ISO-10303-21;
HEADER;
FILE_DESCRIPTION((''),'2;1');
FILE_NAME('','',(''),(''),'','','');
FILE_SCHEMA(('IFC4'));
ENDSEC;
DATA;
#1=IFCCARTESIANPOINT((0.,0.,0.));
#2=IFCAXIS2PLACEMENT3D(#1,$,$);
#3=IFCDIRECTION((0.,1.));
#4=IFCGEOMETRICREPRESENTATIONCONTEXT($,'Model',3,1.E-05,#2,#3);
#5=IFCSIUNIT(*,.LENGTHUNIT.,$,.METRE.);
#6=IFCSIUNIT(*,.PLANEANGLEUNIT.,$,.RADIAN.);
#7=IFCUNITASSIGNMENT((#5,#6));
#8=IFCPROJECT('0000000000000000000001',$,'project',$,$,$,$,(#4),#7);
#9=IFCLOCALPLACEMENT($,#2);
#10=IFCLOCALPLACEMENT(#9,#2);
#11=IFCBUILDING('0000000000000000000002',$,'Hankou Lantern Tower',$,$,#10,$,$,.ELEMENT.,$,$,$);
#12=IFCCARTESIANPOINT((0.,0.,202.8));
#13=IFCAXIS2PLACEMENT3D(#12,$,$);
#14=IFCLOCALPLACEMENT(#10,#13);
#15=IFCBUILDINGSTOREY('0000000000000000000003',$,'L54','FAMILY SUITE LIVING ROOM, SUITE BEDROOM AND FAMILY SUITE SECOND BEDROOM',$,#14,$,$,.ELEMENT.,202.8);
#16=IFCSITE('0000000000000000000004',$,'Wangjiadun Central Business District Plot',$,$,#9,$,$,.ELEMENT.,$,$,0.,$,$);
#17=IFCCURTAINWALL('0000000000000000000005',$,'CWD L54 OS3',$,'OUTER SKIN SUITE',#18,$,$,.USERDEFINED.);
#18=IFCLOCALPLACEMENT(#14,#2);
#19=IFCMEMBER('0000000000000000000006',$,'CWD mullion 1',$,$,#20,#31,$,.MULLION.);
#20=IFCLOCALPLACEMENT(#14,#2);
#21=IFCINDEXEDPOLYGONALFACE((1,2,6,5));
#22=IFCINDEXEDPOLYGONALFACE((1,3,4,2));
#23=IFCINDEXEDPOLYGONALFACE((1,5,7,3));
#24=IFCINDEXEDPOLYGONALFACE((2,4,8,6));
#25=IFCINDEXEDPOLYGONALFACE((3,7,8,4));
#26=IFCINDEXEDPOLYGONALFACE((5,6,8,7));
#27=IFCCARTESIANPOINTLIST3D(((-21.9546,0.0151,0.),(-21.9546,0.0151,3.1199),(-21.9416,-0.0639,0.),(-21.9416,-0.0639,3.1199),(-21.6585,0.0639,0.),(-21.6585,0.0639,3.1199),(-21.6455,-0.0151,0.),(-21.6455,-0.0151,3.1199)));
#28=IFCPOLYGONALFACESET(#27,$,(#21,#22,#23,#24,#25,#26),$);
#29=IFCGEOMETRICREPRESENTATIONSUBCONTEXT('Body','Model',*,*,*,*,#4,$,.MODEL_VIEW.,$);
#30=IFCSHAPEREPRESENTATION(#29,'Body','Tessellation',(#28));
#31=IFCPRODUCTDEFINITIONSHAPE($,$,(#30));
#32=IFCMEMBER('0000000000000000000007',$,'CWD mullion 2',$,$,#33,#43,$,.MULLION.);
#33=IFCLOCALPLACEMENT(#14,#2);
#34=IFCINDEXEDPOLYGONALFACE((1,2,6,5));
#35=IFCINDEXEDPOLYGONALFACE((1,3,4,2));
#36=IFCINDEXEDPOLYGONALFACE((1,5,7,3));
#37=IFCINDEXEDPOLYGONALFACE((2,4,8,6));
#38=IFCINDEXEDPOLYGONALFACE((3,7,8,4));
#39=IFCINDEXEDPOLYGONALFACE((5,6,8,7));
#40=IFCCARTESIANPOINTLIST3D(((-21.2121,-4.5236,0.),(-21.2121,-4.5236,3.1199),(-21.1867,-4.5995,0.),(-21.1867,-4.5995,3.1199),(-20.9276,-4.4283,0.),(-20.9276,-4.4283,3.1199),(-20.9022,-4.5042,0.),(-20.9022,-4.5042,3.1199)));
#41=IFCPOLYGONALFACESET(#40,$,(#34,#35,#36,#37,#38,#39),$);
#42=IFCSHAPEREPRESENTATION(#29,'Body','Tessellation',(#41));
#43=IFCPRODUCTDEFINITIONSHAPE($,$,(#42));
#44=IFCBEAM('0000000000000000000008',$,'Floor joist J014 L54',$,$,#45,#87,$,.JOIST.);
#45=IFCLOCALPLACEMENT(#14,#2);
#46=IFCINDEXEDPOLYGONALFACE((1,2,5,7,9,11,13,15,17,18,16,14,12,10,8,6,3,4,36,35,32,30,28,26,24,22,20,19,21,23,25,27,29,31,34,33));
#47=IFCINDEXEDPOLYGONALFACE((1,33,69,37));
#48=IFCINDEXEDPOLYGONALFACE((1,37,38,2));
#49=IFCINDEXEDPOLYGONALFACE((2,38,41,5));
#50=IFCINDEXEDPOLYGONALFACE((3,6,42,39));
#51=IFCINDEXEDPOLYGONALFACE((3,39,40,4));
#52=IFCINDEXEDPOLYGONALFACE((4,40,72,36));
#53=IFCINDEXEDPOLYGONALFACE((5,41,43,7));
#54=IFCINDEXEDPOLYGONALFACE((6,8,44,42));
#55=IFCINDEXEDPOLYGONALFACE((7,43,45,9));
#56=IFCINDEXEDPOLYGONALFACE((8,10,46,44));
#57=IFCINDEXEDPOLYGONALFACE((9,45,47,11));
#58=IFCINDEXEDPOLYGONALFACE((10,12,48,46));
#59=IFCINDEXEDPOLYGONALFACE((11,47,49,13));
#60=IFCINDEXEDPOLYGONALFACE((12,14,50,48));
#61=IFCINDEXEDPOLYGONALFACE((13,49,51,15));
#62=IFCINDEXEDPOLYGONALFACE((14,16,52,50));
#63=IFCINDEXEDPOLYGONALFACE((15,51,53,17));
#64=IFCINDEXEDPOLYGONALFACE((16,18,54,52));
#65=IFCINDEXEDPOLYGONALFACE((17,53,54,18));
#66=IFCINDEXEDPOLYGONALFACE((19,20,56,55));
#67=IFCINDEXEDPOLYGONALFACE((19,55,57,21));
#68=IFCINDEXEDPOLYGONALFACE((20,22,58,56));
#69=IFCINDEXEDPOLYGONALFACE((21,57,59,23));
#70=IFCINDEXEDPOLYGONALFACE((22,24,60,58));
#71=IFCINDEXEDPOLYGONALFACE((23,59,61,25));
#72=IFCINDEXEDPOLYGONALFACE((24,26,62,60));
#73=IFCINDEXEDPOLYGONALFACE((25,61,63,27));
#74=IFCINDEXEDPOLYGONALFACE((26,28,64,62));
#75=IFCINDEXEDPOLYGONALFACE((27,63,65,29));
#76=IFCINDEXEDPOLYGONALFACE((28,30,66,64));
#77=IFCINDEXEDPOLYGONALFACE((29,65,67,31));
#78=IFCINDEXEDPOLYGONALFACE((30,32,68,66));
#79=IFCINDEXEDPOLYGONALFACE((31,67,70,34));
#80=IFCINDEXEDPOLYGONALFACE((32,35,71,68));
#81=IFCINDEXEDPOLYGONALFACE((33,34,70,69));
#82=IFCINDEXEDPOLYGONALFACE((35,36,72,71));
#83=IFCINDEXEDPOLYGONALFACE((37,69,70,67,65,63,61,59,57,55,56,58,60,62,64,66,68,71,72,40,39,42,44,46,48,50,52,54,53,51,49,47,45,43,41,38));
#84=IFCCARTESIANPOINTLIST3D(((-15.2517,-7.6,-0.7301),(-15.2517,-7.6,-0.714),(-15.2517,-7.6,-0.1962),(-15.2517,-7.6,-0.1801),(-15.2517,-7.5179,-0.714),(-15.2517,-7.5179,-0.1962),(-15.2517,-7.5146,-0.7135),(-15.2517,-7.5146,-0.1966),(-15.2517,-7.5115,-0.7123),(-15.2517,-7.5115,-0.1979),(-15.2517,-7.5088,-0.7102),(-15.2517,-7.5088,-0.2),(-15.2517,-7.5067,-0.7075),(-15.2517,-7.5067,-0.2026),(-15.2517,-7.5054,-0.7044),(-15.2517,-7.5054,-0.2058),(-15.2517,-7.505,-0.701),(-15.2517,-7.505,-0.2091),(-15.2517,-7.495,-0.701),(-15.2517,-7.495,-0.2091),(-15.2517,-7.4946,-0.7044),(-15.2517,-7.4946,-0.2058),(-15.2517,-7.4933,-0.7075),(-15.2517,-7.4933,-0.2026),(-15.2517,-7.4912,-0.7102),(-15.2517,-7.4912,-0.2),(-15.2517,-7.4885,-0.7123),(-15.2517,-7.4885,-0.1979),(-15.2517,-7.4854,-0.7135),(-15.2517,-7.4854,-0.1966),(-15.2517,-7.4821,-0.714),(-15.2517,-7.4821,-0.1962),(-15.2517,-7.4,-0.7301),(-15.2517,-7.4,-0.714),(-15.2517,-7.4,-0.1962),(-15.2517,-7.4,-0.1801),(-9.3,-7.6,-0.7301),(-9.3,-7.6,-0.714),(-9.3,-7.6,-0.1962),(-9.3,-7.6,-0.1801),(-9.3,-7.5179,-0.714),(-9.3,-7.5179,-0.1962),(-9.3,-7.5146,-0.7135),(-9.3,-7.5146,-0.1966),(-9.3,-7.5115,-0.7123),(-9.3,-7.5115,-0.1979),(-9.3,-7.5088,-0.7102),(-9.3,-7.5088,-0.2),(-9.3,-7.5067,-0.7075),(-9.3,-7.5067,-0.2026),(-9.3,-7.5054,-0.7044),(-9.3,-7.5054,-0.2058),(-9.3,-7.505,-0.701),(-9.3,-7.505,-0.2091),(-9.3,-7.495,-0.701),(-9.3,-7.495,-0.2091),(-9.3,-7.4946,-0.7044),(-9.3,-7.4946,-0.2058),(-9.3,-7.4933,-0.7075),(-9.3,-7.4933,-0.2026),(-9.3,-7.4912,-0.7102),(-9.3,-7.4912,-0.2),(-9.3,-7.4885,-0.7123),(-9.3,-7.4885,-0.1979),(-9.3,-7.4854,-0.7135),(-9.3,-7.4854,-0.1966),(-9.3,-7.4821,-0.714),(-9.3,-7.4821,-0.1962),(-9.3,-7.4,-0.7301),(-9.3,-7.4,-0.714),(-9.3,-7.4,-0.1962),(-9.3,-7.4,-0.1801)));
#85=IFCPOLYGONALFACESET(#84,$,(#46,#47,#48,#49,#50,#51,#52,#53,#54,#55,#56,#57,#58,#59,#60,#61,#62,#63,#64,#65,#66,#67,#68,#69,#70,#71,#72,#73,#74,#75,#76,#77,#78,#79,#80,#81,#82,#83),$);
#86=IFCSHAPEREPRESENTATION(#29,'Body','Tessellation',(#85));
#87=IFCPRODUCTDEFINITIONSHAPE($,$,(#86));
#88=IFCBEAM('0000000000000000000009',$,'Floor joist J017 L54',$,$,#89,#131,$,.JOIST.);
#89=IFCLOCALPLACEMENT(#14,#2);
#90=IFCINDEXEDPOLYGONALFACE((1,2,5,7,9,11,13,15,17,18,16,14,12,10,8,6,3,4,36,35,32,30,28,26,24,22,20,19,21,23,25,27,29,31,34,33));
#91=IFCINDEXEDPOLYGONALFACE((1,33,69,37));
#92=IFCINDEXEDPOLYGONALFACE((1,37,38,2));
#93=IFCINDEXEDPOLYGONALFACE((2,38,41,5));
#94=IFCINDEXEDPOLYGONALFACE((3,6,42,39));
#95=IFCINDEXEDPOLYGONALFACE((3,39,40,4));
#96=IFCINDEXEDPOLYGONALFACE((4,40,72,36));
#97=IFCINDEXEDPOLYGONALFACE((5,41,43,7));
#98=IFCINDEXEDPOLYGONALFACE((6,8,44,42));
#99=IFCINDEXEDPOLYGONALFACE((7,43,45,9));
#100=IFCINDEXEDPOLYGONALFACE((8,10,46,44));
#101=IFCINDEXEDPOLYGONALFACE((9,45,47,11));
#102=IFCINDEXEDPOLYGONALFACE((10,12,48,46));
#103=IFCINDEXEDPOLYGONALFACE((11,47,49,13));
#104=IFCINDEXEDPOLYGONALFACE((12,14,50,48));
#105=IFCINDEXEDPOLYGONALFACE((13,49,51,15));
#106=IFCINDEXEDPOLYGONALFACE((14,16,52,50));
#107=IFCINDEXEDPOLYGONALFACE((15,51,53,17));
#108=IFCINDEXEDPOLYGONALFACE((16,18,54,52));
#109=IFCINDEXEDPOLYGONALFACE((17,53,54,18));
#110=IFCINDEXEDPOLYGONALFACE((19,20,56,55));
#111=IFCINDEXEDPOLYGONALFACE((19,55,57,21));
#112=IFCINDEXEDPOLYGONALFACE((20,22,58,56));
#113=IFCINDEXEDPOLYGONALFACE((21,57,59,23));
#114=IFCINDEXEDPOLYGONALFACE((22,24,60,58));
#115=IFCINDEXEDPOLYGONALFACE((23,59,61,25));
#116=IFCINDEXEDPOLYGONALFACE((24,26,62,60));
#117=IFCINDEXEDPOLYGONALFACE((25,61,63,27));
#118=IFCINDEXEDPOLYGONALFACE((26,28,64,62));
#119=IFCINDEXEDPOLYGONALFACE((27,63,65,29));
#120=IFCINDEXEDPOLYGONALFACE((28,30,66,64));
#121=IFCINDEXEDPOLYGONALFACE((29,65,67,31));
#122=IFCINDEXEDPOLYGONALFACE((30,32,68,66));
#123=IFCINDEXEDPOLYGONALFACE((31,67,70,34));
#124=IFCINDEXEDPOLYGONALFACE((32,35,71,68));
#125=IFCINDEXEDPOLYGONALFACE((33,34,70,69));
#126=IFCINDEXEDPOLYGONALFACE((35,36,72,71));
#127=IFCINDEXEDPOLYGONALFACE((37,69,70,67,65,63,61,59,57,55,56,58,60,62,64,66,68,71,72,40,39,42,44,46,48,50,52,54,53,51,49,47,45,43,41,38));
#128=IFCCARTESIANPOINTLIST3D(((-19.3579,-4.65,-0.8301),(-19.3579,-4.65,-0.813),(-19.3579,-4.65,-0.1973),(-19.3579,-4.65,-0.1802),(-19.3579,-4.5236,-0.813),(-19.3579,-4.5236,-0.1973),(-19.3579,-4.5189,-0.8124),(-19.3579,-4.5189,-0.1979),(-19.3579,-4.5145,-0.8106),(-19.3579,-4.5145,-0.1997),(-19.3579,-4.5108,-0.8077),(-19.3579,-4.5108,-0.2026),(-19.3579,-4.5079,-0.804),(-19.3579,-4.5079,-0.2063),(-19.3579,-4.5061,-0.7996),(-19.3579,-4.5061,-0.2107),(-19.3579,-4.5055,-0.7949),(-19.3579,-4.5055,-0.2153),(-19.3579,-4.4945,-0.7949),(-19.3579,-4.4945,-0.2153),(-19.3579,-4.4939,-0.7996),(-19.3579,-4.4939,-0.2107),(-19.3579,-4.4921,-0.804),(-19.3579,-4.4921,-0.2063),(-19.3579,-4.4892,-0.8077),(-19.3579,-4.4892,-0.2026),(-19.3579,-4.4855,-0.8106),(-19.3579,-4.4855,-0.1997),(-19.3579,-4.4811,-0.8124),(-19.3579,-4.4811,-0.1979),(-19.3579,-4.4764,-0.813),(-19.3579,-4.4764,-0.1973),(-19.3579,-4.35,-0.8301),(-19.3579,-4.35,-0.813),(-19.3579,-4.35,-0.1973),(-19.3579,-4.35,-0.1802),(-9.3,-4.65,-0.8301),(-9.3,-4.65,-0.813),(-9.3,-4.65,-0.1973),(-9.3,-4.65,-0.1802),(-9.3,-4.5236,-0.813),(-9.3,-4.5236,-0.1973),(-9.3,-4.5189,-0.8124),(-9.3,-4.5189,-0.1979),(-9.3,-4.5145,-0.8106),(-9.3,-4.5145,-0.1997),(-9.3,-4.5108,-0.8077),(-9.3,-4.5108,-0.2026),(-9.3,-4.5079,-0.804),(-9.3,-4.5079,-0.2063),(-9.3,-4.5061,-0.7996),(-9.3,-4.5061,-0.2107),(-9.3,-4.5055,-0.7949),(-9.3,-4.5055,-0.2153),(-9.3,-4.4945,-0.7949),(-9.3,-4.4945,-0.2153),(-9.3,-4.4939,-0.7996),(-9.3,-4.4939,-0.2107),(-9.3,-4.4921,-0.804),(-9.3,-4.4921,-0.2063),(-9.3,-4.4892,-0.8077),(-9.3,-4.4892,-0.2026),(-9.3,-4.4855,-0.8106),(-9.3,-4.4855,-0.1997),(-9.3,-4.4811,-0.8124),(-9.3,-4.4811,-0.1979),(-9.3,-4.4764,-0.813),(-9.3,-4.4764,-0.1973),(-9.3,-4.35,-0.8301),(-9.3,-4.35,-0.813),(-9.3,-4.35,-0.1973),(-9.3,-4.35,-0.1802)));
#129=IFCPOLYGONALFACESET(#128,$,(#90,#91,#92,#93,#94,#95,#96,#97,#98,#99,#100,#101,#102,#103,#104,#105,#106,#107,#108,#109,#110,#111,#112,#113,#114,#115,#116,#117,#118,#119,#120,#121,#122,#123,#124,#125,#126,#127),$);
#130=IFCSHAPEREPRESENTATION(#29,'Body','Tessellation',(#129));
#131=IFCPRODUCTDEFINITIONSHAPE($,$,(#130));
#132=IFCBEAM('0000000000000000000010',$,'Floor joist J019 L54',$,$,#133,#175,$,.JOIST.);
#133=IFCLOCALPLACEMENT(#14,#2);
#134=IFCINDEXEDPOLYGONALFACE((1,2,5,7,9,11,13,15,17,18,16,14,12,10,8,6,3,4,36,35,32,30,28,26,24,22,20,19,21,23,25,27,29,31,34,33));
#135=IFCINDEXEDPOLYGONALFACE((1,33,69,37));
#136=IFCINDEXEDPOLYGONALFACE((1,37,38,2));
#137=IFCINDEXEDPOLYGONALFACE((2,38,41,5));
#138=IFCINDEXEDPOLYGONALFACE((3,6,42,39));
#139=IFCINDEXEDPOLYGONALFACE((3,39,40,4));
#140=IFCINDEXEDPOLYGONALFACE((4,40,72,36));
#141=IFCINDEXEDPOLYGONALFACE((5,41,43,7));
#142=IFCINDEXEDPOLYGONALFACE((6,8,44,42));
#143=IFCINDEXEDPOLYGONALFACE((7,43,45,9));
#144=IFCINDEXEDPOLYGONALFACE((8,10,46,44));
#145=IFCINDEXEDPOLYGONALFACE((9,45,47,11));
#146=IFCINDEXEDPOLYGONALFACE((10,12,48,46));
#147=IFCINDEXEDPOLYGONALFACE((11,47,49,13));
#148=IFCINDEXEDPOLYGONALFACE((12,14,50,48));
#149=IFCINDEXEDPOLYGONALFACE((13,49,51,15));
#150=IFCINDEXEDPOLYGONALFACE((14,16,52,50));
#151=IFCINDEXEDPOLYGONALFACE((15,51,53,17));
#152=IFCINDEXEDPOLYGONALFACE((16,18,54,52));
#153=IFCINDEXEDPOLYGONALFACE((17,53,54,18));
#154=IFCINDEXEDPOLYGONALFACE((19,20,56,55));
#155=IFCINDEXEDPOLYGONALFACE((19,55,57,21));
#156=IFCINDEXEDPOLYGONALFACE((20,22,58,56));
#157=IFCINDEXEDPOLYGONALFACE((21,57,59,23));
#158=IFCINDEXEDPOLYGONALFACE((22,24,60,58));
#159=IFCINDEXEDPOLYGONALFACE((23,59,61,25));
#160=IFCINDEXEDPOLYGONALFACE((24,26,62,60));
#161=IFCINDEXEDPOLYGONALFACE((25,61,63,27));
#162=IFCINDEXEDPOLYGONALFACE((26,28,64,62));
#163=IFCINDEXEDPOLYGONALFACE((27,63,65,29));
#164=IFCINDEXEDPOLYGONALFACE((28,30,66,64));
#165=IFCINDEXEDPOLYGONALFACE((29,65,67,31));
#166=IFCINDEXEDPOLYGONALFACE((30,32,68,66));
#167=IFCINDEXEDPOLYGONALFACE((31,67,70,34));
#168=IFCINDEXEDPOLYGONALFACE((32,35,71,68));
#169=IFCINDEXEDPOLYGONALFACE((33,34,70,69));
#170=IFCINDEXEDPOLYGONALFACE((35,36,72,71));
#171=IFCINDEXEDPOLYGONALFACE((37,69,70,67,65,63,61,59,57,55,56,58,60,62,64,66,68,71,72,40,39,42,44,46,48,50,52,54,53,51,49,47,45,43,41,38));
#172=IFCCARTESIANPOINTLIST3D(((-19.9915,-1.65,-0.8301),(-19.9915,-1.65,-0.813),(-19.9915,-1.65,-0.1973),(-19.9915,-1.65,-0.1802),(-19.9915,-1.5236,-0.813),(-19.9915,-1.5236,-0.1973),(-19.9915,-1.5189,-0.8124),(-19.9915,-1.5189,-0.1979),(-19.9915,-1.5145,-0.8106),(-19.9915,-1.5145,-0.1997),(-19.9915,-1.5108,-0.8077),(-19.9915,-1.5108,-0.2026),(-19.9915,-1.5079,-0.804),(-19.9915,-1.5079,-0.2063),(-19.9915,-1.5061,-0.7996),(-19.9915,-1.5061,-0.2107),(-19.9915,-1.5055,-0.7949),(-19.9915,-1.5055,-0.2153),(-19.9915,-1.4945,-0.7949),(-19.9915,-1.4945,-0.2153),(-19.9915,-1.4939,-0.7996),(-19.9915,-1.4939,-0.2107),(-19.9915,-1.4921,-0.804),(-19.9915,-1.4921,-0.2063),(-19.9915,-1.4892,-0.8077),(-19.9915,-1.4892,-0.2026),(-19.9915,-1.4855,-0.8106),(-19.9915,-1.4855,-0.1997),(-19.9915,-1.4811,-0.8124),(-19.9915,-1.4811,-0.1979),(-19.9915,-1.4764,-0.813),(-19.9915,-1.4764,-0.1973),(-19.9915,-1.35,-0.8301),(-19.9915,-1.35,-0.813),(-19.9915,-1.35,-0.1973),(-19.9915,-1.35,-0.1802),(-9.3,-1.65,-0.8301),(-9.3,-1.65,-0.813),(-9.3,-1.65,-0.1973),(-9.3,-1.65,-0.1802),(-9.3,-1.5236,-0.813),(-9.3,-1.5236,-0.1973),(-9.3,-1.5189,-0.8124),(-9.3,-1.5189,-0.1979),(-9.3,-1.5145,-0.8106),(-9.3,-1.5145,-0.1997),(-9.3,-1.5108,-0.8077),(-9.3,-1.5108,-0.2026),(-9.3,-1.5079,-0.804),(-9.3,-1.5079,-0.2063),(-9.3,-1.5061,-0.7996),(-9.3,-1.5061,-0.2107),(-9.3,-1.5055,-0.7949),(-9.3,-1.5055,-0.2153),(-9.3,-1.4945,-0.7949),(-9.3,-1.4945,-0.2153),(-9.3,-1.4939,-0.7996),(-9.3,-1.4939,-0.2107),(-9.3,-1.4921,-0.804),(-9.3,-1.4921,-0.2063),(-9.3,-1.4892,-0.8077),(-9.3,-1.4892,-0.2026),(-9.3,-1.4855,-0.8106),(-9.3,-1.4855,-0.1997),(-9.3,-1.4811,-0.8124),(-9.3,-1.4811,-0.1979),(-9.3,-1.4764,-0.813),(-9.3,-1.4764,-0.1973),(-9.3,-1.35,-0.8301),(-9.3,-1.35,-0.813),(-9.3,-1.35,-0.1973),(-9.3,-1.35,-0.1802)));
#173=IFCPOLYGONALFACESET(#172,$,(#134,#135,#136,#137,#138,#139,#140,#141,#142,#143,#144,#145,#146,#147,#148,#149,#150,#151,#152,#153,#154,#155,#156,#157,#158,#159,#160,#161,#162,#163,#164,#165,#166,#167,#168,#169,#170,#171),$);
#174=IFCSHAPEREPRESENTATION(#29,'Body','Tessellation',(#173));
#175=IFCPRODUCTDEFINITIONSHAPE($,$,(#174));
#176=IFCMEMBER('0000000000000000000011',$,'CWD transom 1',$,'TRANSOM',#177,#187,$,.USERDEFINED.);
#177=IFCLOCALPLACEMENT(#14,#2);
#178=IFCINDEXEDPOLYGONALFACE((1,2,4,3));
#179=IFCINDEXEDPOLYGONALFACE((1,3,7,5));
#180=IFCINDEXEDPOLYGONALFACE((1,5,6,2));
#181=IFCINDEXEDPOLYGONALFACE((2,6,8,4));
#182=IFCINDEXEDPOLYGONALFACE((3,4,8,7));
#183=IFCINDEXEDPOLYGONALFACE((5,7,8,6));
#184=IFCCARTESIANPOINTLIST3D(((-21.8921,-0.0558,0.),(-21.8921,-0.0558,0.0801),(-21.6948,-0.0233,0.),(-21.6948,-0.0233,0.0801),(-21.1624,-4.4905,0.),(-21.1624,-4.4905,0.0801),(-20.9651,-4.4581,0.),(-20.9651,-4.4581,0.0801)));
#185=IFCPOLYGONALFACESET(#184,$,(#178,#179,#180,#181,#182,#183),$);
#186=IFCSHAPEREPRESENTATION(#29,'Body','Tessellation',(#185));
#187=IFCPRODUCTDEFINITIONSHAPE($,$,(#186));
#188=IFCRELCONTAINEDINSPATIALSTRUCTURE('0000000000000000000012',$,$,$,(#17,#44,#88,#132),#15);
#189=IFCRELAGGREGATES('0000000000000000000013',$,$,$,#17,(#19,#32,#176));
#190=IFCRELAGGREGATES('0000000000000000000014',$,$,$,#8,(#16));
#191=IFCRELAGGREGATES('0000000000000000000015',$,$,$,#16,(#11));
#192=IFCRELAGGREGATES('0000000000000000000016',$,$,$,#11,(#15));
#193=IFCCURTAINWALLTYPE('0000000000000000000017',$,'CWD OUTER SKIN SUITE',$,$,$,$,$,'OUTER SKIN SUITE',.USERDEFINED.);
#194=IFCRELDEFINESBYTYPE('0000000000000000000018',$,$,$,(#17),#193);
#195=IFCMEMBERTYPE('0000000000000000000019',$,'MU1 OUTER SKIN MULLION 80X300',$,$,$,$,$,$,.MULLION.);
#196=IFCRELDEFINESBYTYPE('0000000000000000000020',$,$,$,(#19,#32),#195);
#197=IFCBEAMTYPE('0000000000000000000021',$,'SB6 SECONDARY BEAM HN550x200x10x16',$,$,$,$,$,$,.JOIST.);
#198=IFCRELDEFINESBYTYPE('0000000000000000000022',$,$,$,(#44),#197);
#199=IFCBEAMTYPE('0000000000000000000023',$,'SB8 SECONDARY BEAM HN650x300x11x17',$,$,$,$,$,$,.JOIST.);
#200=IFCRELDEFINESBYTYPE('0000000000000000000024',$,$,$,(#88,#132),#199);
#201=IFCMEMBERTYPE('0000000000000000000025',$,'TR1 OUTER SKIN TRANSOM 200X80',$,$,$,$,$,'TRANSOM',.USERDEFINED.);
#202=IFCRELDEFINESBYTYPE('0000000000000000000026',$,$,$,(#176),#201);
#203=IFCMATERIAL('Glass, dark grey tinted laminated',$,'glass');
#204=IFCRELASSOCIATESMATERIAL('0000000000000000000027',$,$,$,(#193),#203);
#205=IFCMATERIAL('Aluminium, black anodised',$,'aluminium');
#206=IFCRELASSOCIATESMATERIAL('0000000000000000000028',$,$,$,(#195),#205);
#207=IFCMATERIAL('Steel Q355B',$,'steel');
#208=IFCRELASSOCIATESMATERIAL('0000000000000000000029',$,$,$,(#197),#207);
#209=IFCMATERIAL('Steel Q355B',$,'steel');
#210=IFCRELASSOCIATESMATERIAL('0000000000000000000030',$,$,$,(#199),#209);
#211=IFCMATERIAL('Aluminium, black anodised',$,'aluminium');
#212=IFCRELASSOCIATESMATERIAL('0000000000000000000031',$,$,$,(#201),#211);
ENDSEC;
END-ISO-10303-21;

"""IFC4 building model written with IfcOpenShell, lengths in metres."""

from ifc_helpers import new_model, si_unit, direction, frame, origin, origin_2d, place, context, subcontext, project, spatial, rectangle, i_section, extrude, material, material_profile, profile_set, type_object, element, aggregate, save


model = new_model("IFC4")

# Units and contexts
model_context = context("Model", 3, precision=1e-05, world=origin(), true_north=direction((0.0, 1.0)))
body_context = subcontext(model_context, "Body", "Model", "MODEL_VIEW")
ifc_project = project(units=[si_unit("LENGTHUNIT", "METRE"), si_unit("PLANEANGLEUNIT", "RADIAN")], contexts=[model_context])

# Site, building, storey
site_placement = place(None, origin())
site = spatial("IfcSite", under=ifc_project, at=site_placement, Name="Wangjiadun Central Business District Plot", CompositionType="ELEMENT", RefElevation=0.0)
building_placement = place(site_placement, origin())
building = spatial("IfcBuilding", under=site, at=building_placement, Name="Hankou Lantern Tower", CompositionType="ELEMENT")
storey_placement = place(building_placement, frame((0.0, 0.0, 202.8)))
storey = spatial("IfcBuildingStorey", under=building, at=storey_placement, Name="L54", Description="FAMILY SUITE LIVING ROOM, SUITE BEDROOM AND FAMILY SUITE SECOND BEDROOM", CompositionType="ELEMENT", Elevation=202.8)

# Curtain wall, members
ifc_material_1 = material(Name="Glass, dark grey tinted laminated", Category="glass")
curtain_wall_type = type_object("IfcCurtainWallType", Name="CWD OUTER SKIN SUITE", ElementType="OUTER SKIN SUITE", PredefinedType="USERDEFINED", material=ifc_material_1)
curtain_wall_placement = place(storey_placement, origin())
curtain_wall = element("IfcCurtainWall", 1, at=curtain_wall_placement, inside=storey, type_object=curtain_wall_type, Name="CWD L54 OS3", ObjectType="OUTER SKIN SUITE", PredefinedType="USERDEFINED")
ifc_material_2 = material(Name="Aluminium, black anodised", Category="aluminium")
ifc_material_profile_1 = material_profile(ifc_material_2, rectangle(XDim=0.0801, YDim=0.3, at=origin_2d()), Name="MU1 80X300")
ifc_profile_set_1 = profile_set([ifc_material_profile_1], Name="Aluminium, black anodised")
member_type_1 = type_object("IfcMemberType", Name="MU1 OUTER SKIN MULLION 80X300", PredefinedType="MULLION", material=ifc_profile_set_1)
member_1_placement = place(storey_placement, frame((-21.8, 0.0, 0.0), z_axis=(0.0, 0.0, 1.0), x_axis=(0.162382, -0.986728, 0.0)))
member_1 = element("IfcMember", 2, at=member_1_placement, type_object=member_type_1, Name="CWD mullion 1", PredefinedType="MULLION", context=body_context, shape_type="SweptSolid", body=[
    extrude(rectangle(XDim=0.0801, YDim=0.3, at=origin_2d()), origin(), (0.0, 0.0, 1.0), 3.1199),
])
member_2_placement = place(storey_placement, frame((-21.0571, -4.5139, 0.0), z_axis=(0.0, 0.0, 1.0), x_axis=(0.317596, -0.948226, 0.0)))
member_2 = element("IfcMember", 3, at=member_2_placement, type_object=member_type_1, Name="CWD mullion 2", PredefinedType="MULLION", context=body_context, shape_type="SweptSolid", body=[
    extrude(rectangle(XDim=0.0801, YDim=0.3, at=origin_2d()), origin(), (0.0, 0.0, 1.0), 3.1199),
])

# Beams
ifc_material_3 = material(Name="Steel Q355B", Category="steel")
ifc_material_profile_2 = material_profile(ifc_material_3, i_section(OverallWidth=0.2, OverallDepth=0.55, WebThickness=0.01, FlangeThickness=0.0161, FilletRadius=0.0129, at=origin_2d()), Name="HN550x200x10x16")
ifc_profile_set_2 = profile_set([ifc_material_profile_2], Name="Steel Q355B")
beam_type_1 = type_object("IfcBeamType", Name="SB6 SECONDARY BEAM HN550x200x10x16", PredefinedType="JOIST", material=ifc_profile_set_2)
beam_1_placement = place(storey_placement, frame((-15.2517, -7.5, -0.4551), z_axis=(1.0, 0.0, 0.0), x_axis=(0.0, 1.0, 0.0)))
element("IfcBeam", 4, at=beam_1_placement, inside=storey, type_object=beam_type_1, Name="Floor joist J014 L54", PredefinedType="JOIST", context=body_context, shape_type="SweptSolid", body=[
    extrude(i_section(OverallWidth=0.2, OverallDepth=0.55, WebThickness=0.01, FlangeThickness=0.0161, FilletRadius=0.0129, at=origin_2d()), origin(), (0.0, 0.0, 1.0), 5.9517),
])
ifc_material_4 = material(Name="Steel Q355B", Category="steel")
ifc_material_profile_3 = material_profile(ifc_material_4, i_section(OverallWidth=0.3, OverallDepth=0.6499, WebThickness=0.011, FlangeThickness=0.0171, FilletRadius=0.0181, at=origin_2d()), Name="HN650x300x11x17")
ifc_profile_set_3 = profile_set([ifc_material_profile_3], Name="Steel Q355B")
beam_type_2 = type_object("IfcBeamType", Name="SB8 SECONDARY BEAM HN650x300x11x17", PredefinedType="JOIST", material=ifc_profile_set_3)
beam_2_placement = place(storey_placement, frame((-19.3579, -4.5, -0.5051), z_axis=(1.0, 0.0, 0.0), x_axis=(0.0, 1.0, 0.0)))
element("IfcBeam", 5, at=beam_2_placement, inside=storey, type_object=beam_type_2, Name="Floor joist J017 L54", PredefinedType="JOIST", context=body_context, shape_type="SweptSolid", body=[
    extrude(i_section(OverallWidth=0.3, OverallDepth=0.6499, WebThickness=0.011, FlangeThickness=0.0171, FilletRadius=0.0181, at=origin_2d()), origin(), (0.0, 0.0, 1.0), 10.0579),
])
beam_3_placement = place(storey_placement, frame((-19.9915, -1.5, -0.5051), z_axis=(1.0, 0.0, 0.0), x_axis=(0.0, 1.0, 0.0)))
element("IfcBeam", 6, at=beam_3_placement, inside=storey, type_object=beam_type_2, Name="Floor joist J019 L54", PredefinedType="JOIST", context=body_context, shape_type="SweptSolid", body=[
    extrude(i_section(OverallWidth=0.3, OverallDepth=0.6499, WebThickness=0.011, FlangeThickness=0.0171, FilletRadius=0.0181, at=origin_2d()), origin(), (0.0, 0.0, 1.0), 10.6914),
])

# Member
ifc_material_5 = material(Name="Aluminium, black anodised", Category="aluminium")
ifc_material_profile_4 = material_profile(ifc_material_5, rectangle(XDim=0.2, YDim=0.0801, at=origin_2d()), Name="TR1 200X80")
ifc_profile_set_4 = profile_set([ifc_material_profile_4], Name="Aluminium, black anodised")
member_type_2 = type_object("IfcMemberType", Name="TR1 OUTER SKIN TRANSOM 200X80", ElementType="TRANSOM", PredefinedType="USERDEFINED", material=ifc_profile_set_4)
member_3_placement = place(storey_placement, frame((-21.7935, -0.0396, 0.04), z_axis=(0.162364, -0.986731, 0.0), x_axis=(0.986731, 0.162364, 0.0)))
member_3 = element("IfcMember", 7, at=member_3_placement, type_object=member_type_2, Name="CWD transom 1", ObjectType="TRANSOM", PredefinedType="USERDEFINED", context=body_context, shape_type="SweptSolid", body=[
    extrude(rectangle(XDim=0.2, YDim=0.0801, at=origin_2d()), origin(), (0.0, 0.0, 1.0), 4.4944),
])

aggregate(curtain_wall, [member_1, member_2, member_3])

save(model, "model.ifc")
